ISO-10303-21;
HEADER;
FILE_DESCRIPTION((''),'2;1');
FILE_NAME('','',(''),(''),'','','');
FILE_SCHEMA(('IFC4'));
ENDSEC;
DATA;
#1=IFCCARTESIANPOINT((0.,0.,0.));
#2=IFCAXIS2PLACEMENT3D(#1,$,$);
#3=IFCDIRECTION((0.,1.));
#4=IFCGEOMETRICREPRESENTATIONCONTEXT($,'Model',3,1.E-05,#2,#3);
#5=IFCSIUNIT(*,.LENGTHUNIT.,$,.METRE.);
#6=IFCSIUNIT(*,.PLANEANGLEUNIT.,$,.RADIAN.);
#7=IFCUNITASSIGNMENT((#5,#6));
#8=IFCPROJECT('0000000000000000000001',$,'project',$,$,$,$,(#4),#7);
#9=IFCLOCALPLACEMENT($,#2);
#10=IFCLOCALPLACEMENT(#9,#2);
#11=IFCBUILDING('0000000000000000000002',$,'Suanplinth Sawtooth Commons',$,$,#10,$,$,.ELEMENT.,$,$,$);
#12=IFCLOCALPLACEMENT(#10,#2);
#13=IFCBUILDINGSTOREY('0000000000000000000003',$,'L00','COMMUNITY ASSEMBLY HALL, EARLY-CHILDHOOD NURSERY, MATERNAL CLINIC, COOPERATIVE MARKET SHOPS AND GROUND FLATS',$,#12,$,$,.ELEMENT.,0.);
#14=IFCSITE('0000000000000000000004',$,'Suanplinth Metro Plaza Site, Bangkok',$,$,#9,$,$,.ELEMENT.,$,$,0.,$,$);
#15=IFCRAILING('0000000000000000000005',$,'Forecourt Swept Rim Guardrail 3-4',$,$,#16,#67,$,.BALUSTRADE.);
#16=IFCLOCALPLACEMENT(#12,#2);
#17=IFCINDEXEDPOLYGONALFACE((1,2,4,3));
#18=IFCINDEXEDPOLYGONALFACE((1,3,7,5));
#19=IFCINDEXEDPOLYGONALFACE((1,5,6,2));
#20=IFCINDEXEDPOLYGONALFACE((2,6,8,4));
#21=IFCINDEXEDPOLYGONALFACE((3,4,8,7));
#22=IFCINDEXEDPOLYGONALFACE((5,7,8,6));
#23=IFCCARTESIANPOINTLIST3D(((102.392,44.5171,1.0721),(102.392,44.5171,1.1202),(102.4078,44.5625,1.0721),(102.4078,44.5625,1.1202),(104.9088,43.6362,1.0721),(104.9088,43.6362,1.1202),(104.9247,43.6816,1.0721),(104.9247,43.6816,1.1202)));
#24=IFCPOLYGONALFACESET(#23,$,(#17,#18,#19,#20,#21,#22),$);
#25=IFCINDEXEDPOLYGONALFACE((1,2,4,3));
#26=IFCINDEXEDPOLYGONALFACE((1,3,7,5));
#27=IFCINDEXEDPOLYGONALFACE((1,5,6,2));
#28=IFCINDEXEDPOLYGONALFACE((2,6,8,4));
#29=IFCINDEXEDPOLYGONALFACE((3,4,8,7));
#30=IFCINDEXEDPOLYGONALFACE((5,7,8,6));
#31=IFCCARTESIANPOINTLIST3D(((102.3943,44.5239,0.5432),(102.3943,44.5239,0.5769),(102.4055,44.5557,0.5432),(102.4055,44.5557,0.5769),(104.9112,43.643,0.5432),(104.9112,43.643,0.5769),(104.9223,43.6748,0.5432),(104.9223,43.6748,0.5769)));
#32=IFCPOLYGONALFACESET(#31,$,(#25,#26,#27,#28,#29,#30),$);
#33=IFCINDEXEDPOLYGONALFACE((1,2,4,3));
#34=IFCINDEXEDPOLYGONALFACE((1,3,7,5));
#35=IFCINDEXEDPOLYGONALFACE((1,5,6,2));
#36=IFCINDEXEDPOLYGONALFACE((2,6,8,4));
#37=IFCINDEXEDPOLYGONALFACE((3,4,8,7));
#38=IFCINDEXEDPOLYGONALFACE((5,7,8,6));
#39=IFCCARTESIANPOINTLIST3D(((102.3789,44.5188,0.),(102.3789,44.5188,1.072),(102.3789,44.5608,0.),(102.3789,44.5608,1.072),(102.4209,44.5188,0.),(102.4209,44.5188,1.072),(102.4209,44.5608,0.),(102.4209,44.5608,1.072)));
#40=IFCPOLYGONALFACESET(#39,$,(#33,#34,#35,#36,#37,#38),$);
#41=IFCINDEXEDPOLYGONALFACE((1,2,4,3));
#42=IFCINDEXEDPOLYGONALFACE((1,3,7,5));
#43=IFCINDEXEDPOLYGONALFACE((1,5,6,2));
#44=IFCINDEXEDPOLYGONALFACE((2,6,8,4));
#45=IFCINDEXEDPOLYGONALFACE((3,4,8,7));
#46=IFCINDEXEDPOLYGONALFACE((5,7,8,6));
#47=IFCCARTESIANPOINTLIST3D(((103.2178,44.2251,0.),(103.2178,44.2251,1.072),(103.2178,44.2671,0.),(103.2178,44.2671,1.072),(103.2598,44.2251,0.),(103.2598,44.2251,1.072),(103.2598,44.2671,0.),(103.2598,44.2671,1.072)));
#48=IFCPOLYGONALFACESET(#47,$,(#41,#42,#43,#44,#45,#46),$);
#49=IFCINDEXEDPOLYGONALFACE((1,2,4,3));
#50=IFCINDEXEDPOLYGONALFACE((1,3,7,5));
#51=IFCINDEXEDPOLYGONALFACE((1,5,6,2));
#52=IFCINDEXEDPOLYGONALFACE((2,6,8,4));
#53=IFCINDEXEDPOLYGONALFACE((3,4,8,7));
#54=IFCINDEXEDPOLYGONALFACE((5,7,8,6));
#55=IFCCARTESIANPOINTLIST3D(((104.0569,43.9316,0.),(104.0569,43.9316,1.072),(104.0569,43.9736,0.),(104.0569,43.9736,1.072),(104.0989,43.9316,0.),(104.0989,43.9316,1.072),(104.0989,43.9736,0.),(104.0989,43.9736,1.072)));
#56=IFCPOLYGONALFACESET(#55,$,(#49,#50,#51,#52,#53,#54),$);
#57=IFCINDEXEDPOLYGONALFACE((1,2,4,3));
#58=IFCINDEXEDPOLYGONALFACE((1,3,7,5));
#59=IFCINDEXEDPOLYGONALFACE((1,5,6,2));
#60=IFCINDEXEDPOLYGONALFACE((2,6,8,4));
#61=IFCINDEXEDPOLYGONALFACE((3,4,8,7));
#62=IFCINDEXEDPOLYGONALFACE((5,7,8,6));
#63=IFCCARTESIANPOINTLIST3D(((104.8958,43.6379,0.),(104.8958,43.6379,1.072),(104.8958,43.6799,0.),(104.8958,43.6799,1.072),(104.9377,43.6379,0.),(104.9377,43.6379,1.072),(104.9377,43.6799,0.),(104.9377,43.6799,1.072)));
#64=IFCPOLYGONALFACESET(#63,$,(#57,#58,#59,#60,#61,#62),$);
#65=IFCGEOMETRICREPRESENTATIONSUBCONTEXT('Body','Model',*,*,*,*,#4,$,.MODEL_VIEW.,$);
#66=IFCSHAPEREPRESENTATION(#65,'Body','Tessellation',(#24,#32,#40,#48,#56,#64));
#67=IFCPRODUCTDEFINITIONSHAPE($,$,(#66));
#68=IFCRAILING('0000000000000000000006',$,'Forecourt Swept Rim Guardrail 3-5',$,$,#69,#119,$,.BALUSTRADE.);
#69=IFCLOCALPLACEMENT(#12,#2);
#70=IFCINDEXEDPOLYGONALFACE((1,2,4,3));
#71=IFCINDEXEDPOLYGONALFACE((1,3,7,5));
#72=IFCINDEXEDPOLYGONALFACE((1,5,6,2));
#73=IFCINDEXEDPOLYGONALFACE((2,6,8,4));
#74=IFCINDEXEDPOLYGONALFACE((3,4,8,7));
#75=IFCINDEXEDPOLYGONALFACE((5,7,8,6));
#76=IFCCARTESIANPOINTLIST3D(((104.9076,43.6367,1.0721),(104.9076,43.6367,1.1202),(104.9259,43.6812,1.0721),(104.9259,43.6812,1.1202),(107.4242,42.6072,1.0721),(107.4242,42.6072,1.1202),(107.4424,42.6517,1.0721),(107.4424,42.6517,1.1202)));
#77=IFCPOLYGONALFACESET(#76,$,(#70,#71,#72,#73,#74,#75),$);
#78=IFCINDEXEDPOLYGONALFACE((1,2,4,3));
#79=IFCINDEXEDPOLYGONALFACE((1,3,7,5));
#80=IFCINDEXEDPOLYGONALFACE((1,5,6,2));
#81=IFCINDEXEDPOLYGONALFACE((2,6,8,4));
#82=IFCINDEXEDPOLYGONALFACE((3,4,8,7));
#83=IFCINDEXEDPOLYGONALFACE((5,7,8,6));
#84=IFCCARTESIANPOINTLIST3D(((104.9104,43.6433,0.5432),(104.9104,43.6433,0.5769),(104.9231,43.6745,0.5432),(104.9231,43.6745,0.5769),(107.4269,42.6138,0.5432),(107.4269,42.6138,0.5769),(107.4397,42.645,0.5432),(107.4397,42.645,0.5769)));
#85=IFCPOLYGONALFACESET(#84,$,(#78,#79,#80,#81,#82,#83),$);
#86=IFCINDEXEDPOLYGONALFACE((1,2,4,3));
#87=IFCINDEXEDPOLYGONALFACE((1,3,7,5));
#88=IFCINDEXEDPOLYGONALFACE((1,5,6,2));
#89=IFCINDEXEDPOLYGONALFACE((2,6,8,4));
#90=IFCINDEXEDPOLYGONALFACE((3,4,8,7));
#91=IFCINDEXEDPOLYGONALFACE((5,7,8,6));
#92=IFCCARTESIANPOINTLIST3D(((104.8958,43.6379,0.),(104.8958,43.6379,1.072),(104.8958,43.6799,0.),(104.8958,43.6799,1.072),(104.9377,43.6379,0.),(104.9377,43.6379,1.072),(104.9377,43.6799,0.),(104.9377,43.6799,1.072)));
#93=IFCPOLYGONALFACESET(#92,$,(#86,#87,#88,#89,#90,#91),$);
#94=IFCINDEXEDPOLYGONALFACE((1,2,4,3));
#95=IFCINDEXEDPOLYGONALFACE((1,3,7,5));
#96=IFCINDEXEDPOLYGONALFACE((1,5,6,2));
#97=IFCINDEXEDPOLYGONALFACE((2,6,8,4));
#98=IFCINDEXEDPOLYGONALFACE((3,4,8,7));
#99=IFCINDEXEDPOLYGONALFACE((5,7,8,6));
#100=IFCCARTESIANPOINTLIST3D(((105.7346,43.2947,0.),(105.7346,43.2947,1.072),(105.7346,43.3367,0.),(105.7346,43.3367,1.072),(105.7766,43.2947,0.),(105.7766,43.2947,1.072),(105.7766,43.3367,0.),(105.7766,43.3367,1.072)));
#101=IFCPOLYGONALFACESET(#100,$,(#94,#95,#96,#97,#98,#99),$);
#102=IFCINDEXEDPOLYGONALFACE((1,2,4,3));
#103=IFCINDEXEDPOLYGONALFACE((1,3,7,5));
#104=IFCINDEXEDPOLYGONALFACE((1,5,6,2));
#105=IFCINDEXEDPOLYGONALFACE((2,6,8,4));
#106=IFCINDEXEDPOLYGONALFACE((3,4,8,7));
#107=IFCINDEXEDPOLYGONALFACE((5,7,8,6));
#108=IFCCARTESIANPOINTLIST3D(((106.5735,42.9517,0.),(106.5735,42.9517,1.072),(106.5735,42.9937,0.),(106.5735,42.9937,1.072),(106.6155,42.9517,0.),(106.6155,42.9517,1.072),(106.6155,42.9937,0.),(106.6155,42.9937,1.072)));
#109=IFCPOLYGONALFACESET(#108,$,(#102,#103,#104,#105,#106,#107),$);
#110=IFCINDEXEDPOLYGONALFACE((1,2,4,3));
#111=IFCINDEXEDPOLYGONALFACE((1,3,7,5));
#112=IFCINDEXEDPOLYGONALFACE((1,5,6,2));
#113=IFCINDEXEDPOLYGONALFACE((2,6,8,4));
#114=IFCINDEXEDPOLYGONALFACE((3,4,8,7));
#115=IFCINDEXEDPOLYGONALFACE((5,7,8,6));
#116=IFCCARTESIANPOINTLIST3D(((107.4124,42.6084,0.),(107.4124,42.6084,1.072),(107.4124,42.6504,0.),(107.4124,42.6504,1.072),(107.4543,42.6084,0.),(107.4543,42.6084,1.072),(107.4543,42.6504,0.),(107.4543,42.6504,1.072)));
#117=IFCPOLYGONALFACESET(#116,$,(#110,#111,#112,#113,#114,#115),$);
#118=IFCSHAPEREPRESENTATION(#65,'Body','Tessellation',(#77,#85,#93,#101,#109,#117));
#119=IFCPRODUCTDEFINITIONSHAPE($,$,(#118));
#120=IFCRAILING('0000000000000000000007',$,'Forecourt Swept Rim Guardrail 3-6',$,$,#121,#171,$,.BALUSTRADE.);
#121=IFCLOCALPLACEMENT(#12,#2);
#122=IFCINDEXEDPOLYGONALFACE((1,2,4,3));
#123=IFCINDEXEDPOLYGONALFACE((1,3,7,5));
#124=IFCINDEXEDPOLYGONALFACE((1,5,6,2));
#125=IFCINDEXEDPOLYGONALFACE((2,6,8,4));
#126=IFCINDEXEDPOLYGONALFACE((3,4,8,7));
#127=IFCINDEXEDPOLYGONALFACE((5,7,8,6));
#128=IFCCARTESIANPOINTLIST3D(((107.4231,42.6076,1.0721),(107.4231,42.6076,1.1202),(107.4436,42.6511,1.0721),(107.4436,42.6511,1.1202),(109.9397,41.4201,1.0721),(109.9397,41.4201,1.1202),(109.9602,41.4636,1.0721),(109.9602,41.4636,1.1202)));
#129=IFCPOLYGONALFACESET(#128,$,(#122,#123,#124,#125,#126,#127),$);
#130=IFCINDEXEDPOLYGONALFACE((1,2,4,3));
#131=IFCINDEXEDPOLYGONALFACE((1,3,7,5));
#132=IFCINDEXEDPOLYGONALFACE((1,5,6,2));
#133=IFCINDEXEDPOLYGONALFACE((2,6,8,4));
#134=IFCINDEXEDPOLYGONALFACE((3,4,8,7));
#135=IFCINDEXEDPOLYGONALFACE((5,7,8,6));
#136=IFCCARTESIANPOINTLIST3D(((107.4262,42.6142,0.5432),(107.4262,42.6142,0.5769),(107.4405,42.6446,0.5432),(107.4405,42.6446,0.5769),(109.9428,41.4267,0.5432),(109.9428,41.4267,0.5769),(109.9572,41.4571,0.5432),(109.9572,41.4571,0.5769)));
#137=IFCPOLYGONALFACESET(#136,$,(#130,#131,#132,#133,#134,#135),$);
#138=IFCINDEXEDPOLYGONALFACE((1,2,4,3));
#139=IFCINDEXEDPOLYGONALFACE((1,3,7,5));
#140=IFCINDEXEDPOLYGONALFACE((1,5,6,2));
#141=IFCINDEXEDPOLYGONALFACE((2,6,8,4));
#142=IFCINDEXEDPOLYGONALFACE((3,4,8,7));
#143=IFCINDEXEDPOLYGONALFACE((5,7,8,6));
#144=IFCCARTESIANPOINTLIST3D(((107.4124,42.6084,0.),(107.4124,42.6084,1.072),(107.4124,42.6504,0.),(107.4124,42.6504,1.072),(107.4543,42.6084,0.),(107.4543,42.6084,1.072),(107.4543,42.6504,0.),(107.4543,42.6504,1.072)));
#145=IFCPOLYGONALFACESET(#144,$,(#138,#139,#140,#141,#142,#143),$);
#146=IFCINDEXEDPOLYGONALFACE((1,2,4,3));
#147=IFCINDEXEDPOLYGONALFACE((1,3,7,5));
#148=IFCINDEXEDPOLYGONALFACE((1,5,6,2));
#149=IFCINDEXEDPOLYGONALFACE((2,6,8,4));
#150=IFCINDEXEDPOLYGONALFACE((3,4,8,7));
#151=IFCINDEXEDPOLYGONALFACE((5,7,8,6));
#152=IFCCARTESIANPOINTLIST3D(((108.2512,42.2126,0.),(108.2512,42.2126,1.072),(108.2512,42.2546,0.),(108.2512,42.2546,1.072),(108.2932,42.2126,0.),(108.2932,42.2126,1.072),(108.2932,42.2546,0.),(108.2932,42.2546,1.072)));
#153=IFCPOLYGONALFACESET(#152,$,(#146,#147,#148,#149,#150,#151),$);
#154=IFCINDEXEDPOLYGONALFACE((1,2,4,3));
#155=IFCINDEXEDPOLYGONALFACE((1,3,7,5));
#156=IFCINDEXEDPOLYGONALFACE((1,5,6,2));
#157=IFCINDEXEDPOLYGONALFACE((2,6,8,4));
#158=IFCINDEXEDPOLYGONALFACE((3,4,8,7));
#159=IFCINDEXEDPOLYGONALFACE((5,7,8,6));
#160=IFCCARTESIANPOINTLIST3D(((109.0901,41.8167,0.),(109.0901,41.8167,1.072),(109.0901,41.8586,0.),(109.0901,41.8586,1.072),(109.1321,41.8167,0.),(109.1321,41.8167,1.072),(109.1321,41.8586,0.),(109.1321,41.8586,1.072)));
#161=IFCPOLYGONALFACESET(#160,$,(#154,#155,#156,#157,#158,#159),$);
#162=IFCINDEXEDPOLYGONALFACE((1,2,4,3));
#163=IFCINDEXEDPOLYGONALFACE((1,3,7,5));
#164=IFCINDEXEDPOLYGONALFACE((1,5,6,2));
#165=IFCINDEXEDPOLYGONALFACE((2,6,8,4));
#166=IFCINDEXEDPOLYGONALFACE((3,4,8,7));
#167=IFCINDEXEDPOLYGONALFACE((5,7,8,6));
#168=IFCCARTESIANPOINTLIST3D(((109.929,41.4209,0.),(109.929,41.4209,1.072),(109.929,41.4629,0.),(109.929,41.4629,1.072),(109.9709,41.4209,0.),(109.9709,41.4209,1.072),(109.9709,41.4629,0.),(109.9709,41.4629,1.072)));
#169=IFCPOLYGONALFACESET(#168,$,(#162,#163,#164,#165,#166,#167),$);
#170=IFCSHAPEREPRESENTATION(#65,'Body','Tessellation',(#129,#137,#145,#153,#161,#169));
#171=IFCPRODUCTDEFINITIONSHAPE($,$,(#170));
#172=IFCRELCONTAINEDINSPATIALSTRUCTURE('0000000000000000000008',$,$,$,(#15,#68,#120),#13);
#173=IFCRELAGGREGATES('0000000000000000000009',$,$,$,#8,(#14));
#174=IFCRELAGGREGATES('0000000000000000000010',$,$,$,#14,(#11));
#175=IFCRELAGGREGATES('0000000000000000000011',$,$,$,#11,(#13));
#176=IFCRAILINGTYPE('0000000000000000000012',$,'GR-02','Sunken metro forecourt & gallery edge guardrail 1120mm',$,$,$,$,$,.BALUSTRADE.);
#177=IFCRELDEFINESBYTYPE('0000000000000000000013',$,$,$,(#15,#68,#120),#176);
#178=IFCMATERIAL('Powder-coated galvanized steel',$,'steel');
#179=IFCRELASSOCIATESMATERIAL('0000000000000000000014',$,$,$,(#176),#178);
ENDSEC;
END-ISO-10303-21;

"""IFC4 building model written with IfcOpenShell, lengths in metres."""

from ifc_helpers import new_model, si_unit, direction, frame, origin, origin_2d, place, context, subcontext, project, spatial, rectangle, extrude, material, type_object, element, save


model = new_model("IFC4")

# Units and contexts
model_context = context("Model", 3, precision=1e-05, world=origin(), true_north=direction((0.0, 1.0)))
body_context = subcontext(model_context, "Body", "Model", "MODEL_VIEW")
ifc_project = project(units=[si_unit("LENGTHUNIT", "METRE"), si_unit("PLANEANGLEUNIT", "RADIAN")], contexts=[model_context])

# Site, building, storey
site_placement = place(None, origin())
site = spatial("IfcSite", under=ifc_project, at=site_placement, Name="Suanplinth Metro Plaza Site, Bangkok", CompositionType="ELEMENT", RefElevation=0.0)
building_placement = place(site_placement, origin())
building = spatial("IfcBuilding", under=site, at=building_placement, Name="Suanplinth Sawtooth Commons", CompositionType="ELEMENT")
storey_placement = place(building_placement, origin())
storey = spatial("IfcBuildingStorey", under=building, at=storey_placement, Name="L00", Description="COMMUNITY ASSEMBLY HALL, EARLY-CHILDHOOD NURSERY, MATERNAL CLINIC, COOPERATIVE MARKET SHOPS AND GROUND FLATS", CompositionType="ELEMENT", Elevation=0.0)

# Railings
ifc_material_1 = material(Name="Powder-coated galvanized steel", Category="steel")
railing_type = type_object("IfcRailingType", Name="GR-02", Description="Sunken metro forecourt & gallery edge guardrail 1120mm", PredefinedType="BALUSTRADE", material=ifc_material_1)
railing_1_placement = place(storey_placement, frame((102.3999, 44.5398, 0.0)))
element("IfcRailing", 1, at=railing_1_placement, inside=storey, type_object=railing_type, Name="Forecourt Swept Rim Guardrail 3-4", PredefinedType="BALUSTRADE", context=body_context, shape_type="SweptSolid", body=[
    extrude(rectangle(XDim=0.0481, YDim=0.0481, at=origin_2d()), frame((0.0, 0.0, 1.0962), z_axis=(0.943863, -0.330338, 0.0), x_axis=(0.330338, 0.943863, 0.0)), (0.0, 0.0, 1.0), 2.6665),
    extrude(rectangle(XDim=0.0337, YDim=0.0337, at=origin_2d()), frame((0.0, 0.0, 0.5601), z_axis=(0.943863, -0.330338, 0.0), x_axis=(0.330338, 0.943863, 0.0)), (0.0, 0.0, 1.0), 2.6665),
    extrude(rectangle(XDim=0.042, YDim=0.042, at=origin_2d()), origin(), (0.0, 0.0, 1.0), 1.072),
    extrude(rectangle(XDim=0.042, YDim=0.042, at=origin_2d()), frame((0.8389, -0.2937, 0.0)), (0.0, 0.0, 1.0), 1.072),
    extrude(rectangle(XDim=0.042, YDim=0.042, at=origin_2d()), frame((1.678, -0.5872, 0.0)), (0.0, 0.0, 1.0), 1.072),
    extrude(rectangle(XDim=0.042, YDim=0.042, at=origin_2d()), frame((2.5168, -0.8809, 0.0)), (0.0, 0.0, 1.0), 1.072),
])
railing_2_placement = place(storey_placement, frame((104.9167, 43.6589, 0.0)))
element("IfcRailing", 2, at=railing_2_placement, inside=storey, type_object=railing_type, Name="Forecourt Swept Rim Guardrail 3-5", PredefinedType="BALUSTRADE", context=body_context, shape_type="SweptSolid", body=[
    extrude(rectangle(XDim=0.0481, YDim=0.0481, at=origin_2d()), frame((0.0, 0.0, 1.0962), z_axis=(0.925544, -0.37864, 0.0), x_axis=(0.37864, 0.925544, 0.0)), (0.0, 0.0, 1.0), 2.719),
    extrude(rectangle(XDim=0.0337, YDim=0.0337, at=origin_2d()), frame((0.0, 0.0, 0.5601), z_axis=(0.925544, -0.37864, 0.0), x_axis=(0.37864, 0.925544, 0.0)), (0.0, 0.0, 1.0), 2.719),
    extrude(rectangle(XDim=0.042, YDim=0.042, at=origin_2d()), origin(), (0.0, 0.0, 1.0), 1.072),
    extrude(rectangle(XDim=0.042, YDim=0.042, at=origin_2d()), frame((0.8389, -0.3433, 0.0)), (0.0, 0.0, 1.0), 1.072),
    extrude(rectangle(XDim=0.042, YDim=0.042, at=origin_2d()), frame((1.6777, -0.6863, 0.0)), (0.0, 0.0, 1.0), 1.072),
    extrude(rectangle(XDim=0.042, YDim=0.042, at=origin_2d()), frame((2.5166, -1.0295, 0.0)), (0.0, 0.0, 1.0), 1.072),
])
railing_3_placement = place(storey_placement, frame((107.4333, 42.6294, 0.0)))
element("IfcRailing", 3, at=railing_3_placement, inside=storey, type_object=railing_type, Name="Forecourt Swept Rim Guardrail 3-6", PredefinedType="BALUSTRADE", context=body_context, shape_type="SweptSolid", body=[
    extrude(rectangle(XDim=0.0481, YDim=0.0481, at=origin_2d()), frame((0.0, 0.0, 1.0962), z_axis=(0.904373, -0.426743, 0.0), x_axis=(0.426743, 0.904373, 0.0)), (0.0, 0.0, 1.0), 2.7827),
    extrude(rectangle(XDim=0.0337, YDim=0.0337, at=origin_2d()), frame((0.0, 0.0, 0.5601), z_axis=(0.904373, -0.426743, 0.0), x_axis=(0.426743, 0.904373, 0.0)), (0.0, 0.0, 1.0), 2.7827),
    extrude(rectangle(XDim=0.042, YDim=0.042, at=origin_2d()), origin(), (0.0, 0.0, 1.0), 1.072),
    extrude(rectangle(XDim=0.042, YDim=0.042, at=origin_2d()), frame((0.8389, -0.3958, 0.0)), (0.0, 0.0, 1.0), 1.072),
    extrude(rectangle(XDim=0.042, YDim=0.042, at=origin_2d()), frame((1.6777, -0.7917, 0.0)), (0.0, 0.0, 1.0), 1.072),
    extrude(rectangle(XDim=0.042, YDim=0.042, at=origin_2d()), frame((2.5166, -1.1875, 0.0)), (0.0, 0.0, 1.0), 1.072),
])

save(model, "model.ifc")
